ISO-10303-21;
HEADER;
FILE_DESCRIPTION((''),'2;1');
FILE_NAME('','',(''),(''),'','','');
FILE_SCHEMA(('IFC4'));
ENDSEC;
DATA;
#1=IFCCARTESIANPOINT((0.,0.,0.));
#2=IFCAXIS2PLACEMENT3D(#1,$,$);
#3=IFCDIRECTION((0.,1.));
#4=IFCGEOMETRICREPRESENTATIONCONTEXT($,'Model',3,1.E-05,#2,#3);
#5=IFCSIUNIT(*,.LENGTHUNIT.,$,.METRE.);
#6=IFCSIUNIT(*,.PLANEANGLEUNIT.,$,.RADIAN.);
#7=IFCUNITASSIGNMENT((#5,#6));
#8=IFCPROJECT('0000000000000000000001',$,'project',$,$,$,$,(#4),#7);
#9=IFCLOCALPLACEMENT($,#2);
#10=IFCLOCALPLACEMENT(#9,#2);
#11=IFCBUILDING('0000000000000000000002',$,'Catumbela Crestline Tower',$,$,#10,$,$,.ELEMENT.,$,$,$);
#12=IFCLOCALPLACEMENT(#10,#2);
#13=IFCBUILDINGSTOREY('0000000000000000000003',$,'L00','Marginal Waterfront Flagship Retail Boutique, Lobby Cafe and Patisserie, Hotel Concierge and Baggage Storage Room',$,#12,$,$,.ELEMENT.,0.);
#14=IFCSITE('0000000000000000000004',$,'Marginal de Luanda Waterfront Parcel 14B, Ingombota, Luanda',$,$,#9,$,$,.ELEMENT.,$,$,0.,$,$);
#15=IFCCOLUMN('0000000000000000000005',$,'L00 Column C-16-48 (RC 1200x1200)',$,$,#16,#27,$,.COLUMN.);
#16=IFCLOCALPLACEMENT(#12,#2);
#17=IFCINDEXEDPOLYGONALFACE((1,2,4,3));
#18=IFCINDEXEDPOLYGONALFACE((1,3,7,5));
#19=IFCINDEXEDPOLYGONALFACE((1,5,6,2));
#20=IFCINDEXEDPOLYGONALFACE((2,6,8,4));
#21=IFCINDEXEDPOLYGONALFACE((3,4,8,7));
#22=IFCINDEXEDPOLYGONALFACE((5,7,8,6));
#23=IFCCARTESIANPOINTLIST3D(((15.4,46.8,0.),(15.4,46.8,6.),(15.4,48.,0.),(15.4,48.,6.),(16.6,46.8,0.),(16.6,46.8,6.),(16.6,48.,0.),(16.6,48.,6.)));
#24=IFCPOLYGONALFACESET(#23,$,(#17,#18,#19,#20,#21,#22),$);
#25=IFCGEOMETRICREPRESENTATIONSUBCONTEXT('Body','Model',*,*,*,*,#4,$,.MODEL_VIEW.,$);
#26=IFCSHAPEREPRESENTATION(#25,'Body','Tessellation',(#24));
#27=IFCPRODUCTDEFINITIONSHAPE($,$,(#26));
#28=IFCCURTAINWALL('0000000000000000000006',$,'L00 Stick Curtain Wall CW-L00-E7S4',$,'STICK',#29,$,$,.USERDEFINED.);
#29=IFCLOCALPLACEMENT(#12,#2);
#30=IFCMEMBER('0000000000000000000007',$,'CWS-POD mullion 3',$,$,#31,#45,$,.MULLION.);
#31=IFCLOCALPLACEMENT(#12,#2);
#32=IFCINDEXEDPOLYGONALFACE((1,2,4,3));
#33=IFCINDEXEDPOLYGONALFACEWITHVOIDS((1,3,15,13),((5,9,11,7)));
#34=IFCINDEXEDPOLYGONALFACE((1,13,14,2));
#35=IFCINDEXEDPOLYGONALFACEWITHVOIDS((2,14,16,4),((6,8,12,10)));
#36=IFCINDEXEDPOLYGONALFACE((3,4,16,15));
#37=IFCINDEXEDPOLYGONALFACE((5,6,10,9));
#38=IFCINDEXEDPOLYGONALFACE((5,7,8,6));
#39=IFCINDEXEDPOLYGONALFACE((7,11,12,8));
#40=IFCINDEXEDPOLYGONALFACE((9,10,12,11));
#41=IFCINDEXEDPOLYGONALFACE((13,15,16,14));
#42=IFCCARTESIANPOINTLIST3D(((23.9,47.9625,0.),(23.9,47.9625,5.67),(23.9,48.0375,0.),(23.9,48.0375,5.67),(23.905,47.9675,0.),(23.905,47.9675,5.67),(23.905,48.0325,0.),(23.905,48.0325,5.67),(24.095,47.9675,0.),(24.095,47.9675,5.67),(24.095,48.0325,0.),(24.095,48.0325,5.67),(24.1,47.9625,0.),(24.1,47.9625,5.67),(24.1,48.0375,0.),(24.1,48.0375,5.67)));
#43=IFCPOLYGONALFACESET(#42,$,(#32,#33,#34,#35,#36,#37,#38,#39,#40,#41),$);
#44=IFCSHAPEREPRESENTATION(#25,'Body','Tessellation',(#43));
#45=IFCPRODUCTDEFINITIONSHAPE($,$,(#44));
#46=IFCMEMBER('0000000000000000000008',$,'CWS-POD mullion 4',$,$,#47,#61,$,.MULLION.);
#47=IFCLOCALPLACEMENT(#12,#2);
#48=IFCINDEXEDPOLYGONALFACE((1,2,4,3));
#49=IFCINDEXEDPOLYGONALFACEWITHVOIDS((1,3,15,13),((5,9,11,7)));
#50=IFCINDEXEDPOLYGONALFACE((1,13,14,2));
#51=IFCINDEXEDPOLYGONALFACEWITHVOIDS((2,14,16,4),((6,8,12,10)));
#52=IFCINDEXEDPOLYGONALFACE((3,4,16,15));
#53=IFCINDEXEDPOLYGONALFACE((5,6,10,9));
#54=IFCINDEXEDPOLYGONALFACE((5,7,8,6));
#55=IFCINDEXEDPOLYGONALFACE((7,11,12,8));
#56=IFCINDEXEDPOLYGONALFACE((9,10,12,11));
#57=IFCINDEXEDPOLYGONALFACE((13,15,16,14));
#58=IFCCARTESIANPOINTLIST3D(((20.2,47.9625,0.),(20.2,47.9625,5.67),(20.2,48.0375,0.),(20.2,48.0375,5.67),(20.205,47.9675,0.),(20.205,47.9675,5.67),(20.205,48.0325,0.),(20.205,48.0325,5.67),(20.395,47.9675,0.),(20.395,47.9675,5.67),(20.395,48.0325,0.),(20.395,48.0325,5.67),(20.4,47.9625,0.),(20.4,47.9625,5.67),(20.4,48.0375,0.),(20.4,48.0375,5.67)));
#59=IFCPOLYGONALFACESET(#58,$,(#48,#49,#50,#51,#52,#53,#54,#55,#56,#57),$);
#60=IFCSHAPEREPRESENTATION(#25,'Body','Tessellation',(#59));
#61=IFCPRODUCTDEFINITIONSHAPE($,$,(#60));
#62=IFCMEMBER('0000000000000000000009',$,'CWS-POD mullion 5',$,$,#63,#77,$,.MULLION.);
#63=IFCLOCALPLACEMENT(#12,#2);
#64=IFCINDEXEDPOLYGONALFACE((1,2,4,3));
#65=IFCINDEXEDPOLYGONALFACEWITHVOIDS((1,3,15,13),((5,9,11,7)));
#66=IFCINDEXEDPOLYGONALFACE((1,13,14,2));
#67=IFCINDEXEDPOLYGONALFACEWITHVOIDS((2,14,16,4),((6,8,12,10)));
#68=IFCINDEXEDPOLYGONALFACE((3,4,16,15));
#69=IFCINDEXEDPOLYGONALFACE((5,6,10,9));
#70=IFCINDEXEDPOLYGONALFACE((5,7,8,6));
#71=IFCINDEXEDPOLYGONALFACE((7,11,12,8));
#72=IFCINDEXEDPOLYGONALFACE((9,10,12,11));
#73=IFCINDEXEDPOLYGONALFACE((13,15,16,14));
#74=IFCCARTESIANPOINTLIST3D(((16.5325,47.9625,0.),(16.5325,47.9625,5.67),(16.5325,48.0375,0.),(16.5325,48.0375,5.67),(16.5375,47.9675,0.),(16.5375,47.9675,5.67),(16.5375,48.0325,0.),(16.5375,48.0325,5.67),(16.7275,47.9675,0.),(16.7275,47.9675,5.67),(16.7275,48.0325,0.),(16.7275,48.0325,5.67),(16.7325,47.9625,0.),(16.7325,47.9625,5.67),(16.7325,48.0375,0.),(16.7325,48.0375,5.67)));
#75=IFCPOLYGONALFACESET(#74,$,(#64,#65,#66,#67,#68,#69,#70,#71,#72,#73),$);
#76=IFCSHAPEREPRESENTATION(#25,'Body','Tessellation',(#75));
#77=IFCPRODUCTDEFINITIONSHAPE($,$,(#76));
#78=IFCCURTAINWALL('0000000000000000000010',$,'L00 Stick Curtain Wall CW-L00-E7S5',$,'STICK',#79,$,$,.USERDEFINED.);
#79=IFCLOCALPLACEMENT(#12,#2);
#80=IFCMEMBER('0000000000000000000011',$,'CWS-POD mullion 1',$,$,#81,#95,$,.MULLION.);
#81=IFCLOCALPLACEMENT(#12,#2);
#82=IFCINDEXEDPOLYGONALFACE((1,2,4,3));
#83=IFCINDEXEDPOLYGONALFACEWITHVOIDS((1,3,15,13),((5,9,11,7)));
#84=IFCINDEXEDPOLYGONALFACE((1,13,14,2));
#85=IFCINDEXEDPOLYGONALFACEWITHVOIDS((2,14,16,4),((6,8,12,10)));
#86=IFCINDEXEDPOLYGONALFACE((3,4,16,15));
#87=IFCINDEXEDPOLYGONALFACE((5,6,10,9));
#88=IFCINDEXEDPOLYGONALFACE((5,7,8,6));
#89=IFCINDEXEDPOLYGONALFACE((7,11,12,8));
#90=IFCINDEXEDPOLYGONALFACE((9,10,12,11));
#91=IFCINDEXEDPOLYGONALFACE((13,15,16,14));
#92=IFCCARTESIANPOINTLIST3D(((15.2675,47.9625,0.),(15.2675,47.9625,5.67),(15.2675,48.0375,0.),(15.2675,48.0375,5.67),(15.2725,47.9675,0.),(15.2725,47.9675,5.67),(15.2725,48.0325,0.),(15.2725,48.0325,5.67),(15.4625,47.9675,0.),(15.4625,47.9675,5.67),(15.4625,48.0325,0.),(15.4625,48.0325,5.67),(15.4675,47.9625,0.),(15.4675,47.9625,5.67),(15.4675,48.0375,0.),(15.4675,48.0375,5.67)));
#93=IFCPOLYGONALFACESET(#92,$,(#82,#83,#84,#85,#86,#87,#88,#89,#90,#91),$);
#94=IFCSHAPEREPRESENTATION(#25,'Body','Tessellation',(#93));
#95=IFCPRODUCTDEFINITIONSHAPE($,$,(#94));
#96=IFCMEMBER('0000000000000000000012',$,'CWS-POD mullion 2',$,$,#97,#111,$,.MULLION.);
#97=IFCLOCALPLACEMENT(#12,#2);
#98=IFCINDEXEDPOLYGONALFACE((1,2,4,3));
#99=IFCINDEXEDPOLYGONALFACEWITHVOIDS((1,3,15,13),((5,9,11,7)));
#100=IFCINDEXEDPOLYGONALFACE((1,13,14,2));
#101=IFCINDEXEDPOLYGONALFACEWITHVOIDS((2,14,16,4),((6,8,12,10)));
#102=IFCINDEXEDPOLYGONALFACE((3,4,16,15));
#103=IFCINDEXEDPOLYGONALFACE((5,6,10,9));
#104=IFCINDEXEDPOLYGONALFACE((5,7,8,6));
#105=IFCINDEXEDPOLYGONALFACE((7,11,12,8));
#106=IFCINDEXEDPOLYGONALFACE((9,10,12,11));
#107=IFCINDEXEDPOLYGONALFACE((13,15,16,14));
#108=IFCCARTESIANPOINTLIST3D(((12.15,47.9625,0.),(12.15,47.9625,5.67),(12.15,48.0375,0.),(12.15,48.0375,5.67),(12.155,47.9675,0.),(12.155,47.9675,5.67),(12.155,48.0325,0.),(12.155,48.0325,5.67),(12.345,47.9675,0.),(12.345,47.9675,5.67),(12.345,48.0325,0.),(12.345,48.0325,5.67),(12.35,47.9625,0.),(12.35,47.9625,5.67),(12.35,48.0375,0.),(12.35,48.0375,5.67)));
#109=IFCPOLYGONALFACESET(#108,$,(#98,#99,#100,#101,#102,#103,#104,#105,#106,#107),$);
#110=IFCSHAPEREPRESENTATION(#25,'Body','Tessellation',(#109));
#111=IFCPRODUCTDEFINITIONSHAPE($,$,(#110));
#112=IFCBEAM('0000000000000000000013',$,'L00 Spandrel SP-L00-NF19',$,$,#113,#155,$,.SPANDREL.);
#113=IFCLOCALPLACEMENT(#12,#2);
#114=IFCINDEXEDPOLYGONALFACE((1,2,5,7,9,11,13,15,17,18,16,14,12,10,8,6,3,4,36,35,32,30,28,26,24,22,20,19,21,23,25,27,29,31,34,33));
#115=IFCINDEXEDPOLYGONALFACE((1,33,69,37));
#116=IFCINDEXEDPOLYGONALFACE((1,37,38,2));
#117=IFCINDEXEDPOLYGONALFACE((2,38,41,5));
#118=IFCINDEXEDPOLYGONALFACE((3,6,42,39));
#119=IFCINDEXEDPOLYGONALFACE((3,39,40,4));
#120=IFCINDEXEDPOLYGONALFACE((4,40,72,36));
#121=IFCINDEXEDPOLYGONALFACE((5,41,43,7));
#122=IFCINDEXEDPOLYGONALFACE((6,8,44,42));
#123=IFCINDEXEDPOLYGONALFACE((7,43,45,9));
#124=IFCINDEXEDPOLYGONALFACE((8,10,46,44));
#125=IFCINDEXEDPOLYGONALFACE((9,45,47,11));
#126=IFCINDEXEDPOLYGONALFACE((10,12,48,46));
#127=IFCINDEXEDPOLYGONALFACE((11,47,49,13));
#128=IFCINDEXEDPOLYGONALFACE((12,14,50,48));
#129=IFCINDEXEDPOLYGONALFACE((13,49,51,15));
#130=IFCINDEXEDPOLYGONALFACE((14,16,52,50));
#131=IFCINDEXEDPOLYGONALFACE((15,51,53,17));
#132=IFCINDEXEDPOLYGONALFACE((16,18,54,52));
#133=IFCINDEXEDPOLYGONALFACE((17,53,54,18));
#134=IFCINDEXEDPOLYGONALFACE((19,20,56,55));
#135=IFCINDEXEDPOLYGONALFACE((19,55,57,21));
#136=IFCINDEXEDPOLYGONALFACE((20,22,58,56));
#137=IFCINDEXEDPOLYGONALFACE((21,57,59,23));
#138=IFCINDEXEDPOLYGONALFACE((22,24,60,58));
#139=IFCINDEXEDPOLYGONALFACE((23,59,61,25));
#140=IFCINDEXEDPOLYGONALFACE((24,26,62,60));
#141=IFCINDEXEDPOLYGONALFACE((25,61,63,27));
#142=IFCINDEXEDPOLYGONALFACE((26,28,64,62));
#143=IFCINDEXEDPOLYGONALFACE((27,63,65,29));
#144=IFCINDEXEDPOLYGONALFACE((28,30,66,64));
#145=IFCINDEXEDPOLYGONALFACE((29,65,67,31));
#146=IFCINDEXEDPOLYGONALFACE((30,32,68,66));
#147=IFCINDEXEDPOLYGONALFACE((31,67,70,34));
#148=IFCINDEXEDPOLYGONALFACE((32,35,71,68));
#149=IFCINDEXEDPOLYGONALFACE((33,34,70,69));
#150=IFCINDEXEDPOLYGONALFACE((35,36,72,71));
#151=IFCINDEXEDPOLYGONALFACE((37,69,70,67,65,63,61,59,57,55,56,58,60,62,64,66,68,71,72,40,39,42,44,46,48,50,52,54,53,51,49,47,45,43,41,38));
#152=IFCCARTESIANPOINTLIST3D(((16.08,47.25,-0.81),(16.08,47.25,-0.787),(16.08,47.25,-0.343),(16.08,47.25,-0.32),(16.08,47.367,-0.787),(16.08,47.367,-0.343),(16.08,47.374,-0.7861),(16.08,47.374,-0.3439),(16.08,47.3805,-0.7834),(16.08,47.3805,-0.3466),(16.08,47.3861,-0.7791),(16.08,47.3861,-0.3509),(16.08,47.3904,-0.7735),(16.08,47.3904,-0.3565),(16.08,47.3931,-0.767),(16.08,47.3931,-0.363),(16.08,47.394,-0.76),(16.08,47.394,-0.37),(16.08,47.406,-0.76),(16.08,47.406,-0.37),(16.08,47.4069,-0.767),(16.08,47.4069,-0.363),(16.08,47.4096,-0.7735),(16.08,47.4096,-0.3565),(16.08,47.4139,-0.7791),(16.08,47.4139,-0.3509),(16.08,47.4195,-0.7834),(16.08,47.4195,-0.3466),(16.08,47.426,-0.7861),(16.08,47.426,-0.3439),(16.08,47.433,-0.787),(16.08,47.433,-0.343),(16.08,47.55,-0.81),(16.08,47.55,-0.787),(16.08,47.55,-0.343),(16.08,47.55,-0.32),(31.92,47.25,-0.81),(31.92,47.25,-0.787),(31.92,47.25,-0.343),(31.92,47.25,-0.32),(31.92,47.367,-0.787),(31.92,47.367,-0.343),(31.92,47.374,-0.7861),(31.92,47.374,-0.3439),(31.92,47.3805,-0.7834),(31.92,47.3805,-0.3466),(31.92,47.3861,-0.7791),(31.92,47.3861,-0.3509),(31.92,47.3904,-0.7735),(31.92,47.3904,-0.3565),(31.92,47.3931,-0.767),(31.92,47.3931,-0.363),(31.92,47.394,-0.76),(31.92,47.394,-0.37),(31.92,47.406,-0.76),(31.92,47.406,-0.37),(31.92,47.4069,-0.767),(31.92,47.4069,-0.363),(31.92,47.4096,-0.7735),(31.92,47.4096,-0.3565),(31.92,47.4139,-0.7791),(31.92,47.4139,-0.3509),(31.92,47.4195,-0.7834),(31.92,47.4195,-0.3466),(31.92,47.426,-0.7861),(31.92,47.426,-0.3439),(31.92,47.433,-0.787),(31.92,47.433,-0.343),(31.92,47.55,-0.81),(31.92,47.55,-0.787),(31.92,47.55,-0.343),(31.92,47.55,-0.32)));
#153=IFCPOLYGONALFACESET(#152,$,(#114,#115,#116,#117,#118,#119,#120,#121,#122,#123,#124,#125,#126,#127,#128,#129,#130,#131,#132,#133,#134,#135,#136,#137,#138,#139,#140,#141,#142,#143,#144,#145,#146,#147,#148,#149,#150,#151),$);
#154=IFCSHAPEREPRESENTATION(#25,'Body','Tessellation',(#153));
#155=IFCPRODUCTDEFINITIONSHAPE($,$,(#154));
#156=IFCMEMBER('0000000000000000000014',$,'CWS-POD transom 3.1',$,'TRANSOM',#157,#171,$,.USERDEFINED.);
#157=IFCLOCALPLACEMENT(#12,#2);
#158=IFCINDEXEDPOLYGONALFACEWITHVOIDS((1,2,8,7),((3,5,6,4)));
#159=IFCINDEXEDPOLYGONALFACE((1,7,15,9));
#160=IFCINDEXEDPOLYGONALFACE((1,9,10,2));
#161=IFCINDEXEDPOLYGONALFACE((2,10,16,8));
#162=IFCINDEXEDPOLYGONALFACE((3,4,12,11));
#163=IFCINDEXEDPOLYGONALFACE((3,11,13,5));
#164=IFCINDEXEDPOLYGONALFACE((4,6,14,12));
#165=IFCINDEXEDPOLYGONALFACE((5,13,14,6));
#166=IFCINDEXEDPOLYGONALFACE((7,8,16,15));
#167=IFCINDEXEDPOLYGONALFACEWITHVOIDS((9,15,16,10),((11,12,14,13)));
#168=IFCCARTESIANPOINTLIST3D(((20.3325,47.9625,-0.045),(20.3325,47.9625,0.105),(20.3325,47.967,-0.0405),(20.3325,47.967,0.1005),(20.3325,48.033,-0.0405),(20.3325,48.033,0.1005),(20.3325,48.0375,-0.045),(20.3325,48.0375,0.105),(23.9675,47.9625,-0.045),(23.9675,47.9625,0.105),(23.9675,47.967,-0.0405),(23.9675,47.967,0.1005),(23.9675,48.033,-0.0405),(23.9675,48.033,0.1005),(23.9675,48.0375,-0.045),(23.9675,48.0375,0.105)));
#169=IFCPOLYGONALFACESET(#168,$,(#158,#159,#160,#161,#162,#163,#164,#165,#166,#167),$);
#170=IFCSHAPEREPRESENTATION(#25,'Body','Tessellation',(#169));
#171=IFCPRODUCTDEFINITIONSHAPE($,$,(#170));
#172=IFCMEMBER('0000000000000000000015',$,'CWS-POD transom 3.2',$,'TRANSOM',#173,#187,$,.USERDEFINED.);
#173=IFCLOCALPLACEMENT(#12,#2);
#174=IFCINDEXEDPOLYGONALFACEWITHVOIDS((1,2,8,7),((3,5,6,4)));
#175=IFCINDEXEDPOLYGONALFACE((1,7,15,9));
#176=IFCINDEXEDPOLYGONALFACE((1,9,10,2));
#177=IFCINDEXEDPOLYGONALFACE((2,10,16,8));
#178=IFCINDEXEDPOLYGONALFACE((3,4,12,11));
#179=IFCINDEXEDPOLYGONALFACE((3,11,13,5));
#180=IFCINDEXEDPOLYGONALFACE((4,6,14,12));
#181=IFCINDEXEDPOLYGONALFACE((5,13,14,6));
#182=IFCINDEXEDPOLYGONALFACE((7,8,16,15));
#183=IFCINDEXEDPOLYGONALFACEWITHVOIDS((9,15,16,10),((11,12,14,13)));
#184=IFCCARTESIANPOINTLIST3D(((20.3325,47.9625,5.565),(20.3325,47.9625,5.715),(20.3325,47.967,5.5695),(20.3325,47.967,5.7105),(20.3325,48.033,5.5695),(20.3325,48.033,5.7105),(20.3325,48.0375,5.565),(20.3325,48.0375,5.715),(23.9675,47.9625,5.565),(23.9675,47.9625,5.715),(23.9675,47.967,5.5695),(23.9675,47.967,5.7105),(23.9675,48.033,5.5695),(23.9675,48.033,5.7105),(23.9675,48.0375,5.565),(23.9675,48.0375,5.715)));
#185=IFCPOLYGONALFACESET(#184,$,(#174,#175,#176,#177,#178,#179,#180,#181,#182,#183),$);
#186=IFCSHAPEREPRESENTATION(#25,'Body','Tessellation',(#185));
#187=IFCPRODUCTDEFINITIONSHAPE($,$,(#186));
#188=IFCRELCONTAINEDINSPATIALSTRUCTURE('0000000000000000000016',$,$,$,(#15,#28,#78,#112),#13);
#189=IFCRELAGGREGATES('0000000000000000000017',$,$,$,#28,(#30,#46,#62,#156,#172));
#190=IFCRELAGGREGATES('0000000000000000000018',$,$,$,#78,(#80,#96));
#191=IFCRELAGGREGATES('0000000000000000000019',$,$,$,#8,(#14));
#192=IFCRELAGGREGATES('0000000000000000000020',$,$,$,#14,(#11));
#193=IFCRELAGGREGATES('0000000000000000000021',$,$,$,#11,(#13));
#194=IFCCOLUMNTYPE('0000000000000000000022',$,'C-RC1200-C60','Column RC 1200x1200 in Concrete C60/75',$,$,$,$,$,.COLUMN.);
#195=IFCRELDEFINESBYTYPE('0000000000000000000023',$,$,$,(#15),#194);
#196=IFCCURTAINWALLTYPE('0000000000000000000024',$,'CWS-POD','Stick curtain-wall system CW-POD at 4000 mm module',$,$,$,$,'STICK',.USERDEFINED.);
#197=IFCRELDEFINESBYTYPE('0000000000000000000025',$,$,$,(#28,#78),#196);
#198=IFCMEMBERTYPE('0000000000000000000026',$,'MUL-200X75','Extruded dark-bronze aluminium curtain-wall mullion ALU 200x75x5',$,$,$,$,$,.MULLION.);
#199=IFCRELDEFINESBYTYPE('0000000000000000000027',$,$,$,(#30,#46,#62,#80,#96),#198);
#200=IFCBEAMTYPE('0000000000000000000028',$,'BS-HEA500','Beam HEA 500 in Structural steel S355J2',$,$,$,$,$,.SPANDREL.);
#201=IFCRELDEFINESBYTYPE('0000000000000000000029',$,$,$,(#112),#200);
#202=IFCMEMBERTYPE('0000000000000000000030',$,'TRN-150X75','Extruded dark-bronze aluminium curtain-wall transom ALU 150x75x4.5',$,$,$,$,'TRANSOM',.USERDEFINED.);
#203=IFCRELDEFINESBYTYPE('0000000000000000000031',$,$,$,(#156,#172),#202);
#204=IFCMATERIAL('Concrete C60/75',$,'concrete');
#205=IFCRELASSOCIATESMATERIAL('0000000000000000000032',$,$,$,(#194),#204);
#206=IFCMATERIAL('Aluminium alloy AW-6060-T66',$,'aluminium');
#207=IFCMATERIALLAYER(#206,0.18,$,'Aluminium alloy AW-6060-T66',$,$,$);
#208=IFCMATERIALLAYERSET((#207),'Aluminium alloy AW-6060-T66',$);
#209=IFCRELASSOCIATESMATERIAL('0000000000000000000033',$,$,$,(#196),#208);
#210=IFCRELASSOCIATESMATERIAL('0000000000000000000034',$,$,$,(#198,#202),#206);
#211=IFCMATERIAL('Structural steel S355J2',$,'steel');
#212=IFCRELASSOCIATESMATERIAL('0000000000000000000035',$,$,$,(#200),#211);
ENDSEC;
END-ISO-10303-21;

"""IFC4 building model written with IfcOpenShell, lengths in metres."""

from ifc_helpers import new_model, si_unit, direction, frame, origin, origin_2d, place, context, subcontext, project, spatial, rectangle, hollow_rectangle, i_section, extrude, material, layer, layer_set, material_profile, profile_set, type_object, element, aggregate, save


model = new_model("IFC4")

# Units and contexts
model_context = context("Model", 3, precision=1e-05, world=origin(), true_north=direction((0.0, 1.0)))
body_context = subcontext(model_context, "Body", "Model", "MODEL_VIEW")
ifc_project = project(units=[si_unit("LENGTHUNIT", "METRE"), si_unit("PLANEANGLEUNIT", "RADIAN")], contexts=[model_context])

# Site, building, storey
site_placement = place(None, origin())
site = spatial("IfcSite", under=ifc_project, at=site_placement, Name="Marginal de Luanda Waterfront Parcel 14B, Ingombota, Luanda", CompositionType="ELEMENT", RefElevation=0.0)
building_placement = place(site_placement, origin())
building = spatial("IfcBuilding", under=site, at=building_placement, Name="Catumbela Crestline Tower", CompositionType="ELEMENT")
storey_placement = place(building_placement, origin())
storey = spatial("IfcBuildingStorey", under=building, at=storey_placement, Name="L00", Description="Marginal Waterfront Flagship Retail Boutique, Lobby Cafe and Patisserie, Hotel Concierge and Baggage Storage Room", CompositionType="ELEMENT", Elevation=0.0)

# Column
ifc_material_1 = material(Name="Concrete C60/75", Category="concrete")
ifc_material_profile_1 = material_profile(ifc_material_1, rectangle(XDim=1.2, YDim=1.2, at=origin_2d()), Name="RC 1200x1200")
ifc_profile_set_1 = profile_set([ifc_material_profile_1], Name="Concrete C60/75")
column_type = type_object("IfcColumnType", Name="C-RC1200-C60", Description="Column RC 1200x1200 in Concrete C60/75", PredefinedType="COLUMN", material=ifc_profile_set_1)
column_placement = place(storey_placement, frame((16.0, 47.4, 0.0), z_axis=(0.0, 0.0, 1.0), x_axis=(1.0, 0.0, 0.0)))
element("IfcColumn", 1, at=column_placement, inside=storey, type_object=column_type, Name="L00 Column C-16-48 (RC 1200x1200)", PredefinedType="COLUMN", context=body_context, shape_type="SweptSolid", body=[
    extrude(rectangle(XDim=1.2, YDim=1.2, at=origin_2d()), origin(), (0.0, 0.0, 1.0), 6.0),
])

# Curtain walls, members
ifc_material_2 = material(Name="Aluminium alloy AW-6060-T66", Category="aluminium")
ifc_layer_1 = layer(ifc_material_2, 0.18, Name="Aluminium alloy AW-6060-T66")
ifc_layer_set_1 = layer_set([ifc_layer_1], Name="Aluminium alloy AW-6060-T66")
curtain_wall_type = type_object("IfcCurtainWallType", Name="CWS-POD", Description="Stick curtain-wall system CW-POD at 4000 mm module", ElementType="STICK", PredefinedType="USERDEFINED", material=ifc_layer_set_1)
curtain_wall_1_placement = place(storey_placement, origin())
curtain_wall_1 = element("IfcCurtainWall", 2, at=curtain_wall_1_placement, inside=storey, type_object=curtain_wall_type, Name="L00 Stick Curtain Wall CW-L00-E7S4", ObjectType="STICK", PredefinedType="USERDEFINED")
ifc_material_profile_2 = material_profile(ifc_material_2, hollow_rectangle(XDim=0.075, YDim=0.2, WallThickness=0.005, at=origin_2d()), Name="ALU 200x75x5")
ifc_profile_set_2 = profile_set([ifc_material_profile_2], Name="Aluminium alloy AW-6060-T66")
member_type_1 = type_object("IfcMemberType", Name="MUL-200X75", Description="Extruded dark-bronze aluminium curtain-wall mullion ALU 200x75x5", PredefinedType="MULLION", material=ifc_profile_set_2)
member_1_placement = place(storey_placement, frame((24.0, 48.0, 0.0), z_axis=(0.0, 0.0, 1.0), x_axis=(0.0, -1.0, 0.0)))
member_1 = element("IfcMember", 3, at=member_1_placement, type_object=member_type_1, Name="CWS-POD mullion 3", PredefinedType="MULLION", context=body_context, shape_type="SweptSolid", body=[
    extrude(hollow_rectangle(XDim=0.075, YDim=0.2, WallThickness=0.005, at=origin_2d()), origin(), (0.0, 0.0, 1.0), 5.67),
])
member_2_placement = place(storey_placement, frame((20.3, 48.0, 0.0), z_axis=(0.0, 0.0, 1.0), x_axis=(0.0, -1.0, 0.0)))
member_2 = element("IfcMember", 4, at=member_2_placement, type_object=member_type_1, Name="CWS-POD mullion 4", PredefinedType="MULLION", context=body_context, shape_type="SweptSolid", body=[
    extrude(hollow_rectangle(XDim=0.075, YDim=0.2, WallThickness=0.005, at=origin_2d()), origin(), (0.0, 0.0, 1.0), 5.67),
])
member_3_placement = place(storey_placement, frame((16.6325, 48.0, 0.0), z_axis=(0.0, 0.0, 1.0), x_axis=(0.0, -1.0, 0.0)))
member_3 = element("IfcMember", 5, at=member_3_placement, type_object=member_type_1, Name="CWS-POD mullion 5", PredefinedType="MULLION", context=body_context, shape_type="SweptSolid", body=[
    extrude(hollow_rectangle(XDim=0.075, YDim=0.2, WallThickness=0.005, at=origin_2d()), origin(), (0.0, 0.0, 1.0), 5.67),
])
curtain_wall_2_placement = place(storey_placement, origin())
curtain_wall_2 = element("IfcCurtainWall", 6, at=curtain_wall_2_placement, inside=storey, type_object=curtain_wall_type, Name="L00 Stick Curtain Wall CW-L00-E7S5", ObjectType="STICK", PredefinedType="USERDEFINED")
member_4_placement = place(storey_placement, frame((15.3675, 48.0, 0.0), z_axis=(0.0, 0.0, 1.0), x_axis=(0.0, -1.0, 0.0)))
member_4 = element("IfcMember", 7, at=member_4_placement, type_object=member_type_1, Name="CWS-POD mullion 1", PredefinedType="MULLION", context=body_context, shape_type="SweptSolid", body=[
    extrude(hollow_rectangle(XDim=0.075, YDim=0.2, WallThickness=0.005, at=origin_2d()), origin(), (0.0, 0.0, 1.0), 5.67),
])
member_5_placement = place(storey_placement, frame((12.25, 48.0, 0.0), z_axis=(0.0, 0.0, 1.0), x_axis=(0.0, -1.0, 0.0)))
member_5 = element("IfcMember", 8, at=member_5_placement, type_object=member_type_1, Name="CWS-POD mullion 2", PredefinedType="MULLION", context=body_context, shape_type="SweptSolid", body=[
    extrude(hollow_rectangle(XDim=0.075, YDim=0.2, WallThickness=0.005, at=origin_2d()), origin(), (0.0, 0.0, 1.0), 5.67),
])

# Beam
ifc_material_3 = material(Name="Structural steel S355J2", Category="steel")
ifc_material_profile_3 = material_profile(ifc_material_3, i_section(OverallWidth=0.3, OverallDepth=0.49, WebThickness=0.012, FlangeThickness=0.023, FilletRadius=0.027, at=origin_2d()), Name="HEA 500")
ifc_profile_set_3 = profile_set([ifc_material_profile_3], Name="Structural steel S355J2")
beam_type = type_object("IfcBeamType", Name="BS-HEA500", Description="Beam HEA 500 in Structural steel S355J2", PredefinedType="SPANDREL", material=ifc_profile_set_3)
beam_placement = place(storey_placement, frame((16.08, 47.4, -0.565), z_axis=(1.0, 0.0, 0.0), x_axis=(0.0, 1.0, 0.0)))
element("IfcBeam", 9, at=beam_placement, inside=storey, type_object=beam_type, Name="L00 Spandrel SP-L00-NF19", PredefinedType="SPANDREL", context=body_context, shape_type="SweptSolid", body=[
    extrude(i_section(OverallWidth=0.3, OverallDepth=0.49, WebThickness=0.012, FlangeThickness=0.023, FilletRadius=0.027, at=origin_2d()), origin(), (0.0, 0.0, 1.0), 15.84),
])

# Members
ifc_material_profile_4 = material_profile(ifc_material_2, hollow_rectangle(XDim=0.075, YDim=0.15, WallThickness=0.0045, at=origin_2d()), Name="ALU 150x75x4.5")
ifc_profile_set_4 = profile_set([ifc_material_profile_4], Name="Aluminium alloy AW-6060-T66")
member_type_2 = type_object("IfcMemberType", Name="TRN-150X75", Description="Extruded dark-bronze aluminium curtain-wall transom ALU 150x75x4.5", ElementType="TRANSOM", PredefinedType="USERDEFINED", material=ifc_profile_set_4)
member_6_placement = place(storey_placement, frame((23.9675, 48.0, 0.03), z_axis=(-1.0, 0.0, 0.0), x_axis=(0.0, -1.0, 0.0)))
member_6 = element("IfcMember", 10, at=member_6_placement, type_object=member_type_2, Name="CWS-POD transom 3.1", ObjectType="TRANSOM", PredefinedType="USERDEFINED", context=body_context, shape_type="SweptSolid", body=[
    extrude(hollow_rectangle(XDim=0.075, YDim=0.15, WallThickness=0.0045, at=origin_2d()), origin(), (0.0, 0.0, 1.0), 3.635),
])
member_7_placement = place(storey_placement, frame((23.9675, 48.0, 5.64), z_axis=(-1.0, 0.0, 0.0), x_axis=(0.0, -1.0, 0.0)))
member_7 = element("IfcMember", 11, at=member_7_placement, type_object=member_type_2, Name="CWS-POD transom 3.2", ObjectType="TRANSOM", PredefinedType="USERDEFINED", context=body_context, shape_type="SweptSolid", body=[
    extrude(hollow_rectangle(XDim=0.075, YDim=0.15, WallThickness=0.0045, at=origin_2d()), origin(), (0.0, 0.0, 1.0), 3.635),
])

aggregate(curtain_wall_1, [member_1, member_2, member_3, member_6, member_7])
aggregate(curtain_wall_2, [member_4, member_5])

save(model, "model.ifc")
